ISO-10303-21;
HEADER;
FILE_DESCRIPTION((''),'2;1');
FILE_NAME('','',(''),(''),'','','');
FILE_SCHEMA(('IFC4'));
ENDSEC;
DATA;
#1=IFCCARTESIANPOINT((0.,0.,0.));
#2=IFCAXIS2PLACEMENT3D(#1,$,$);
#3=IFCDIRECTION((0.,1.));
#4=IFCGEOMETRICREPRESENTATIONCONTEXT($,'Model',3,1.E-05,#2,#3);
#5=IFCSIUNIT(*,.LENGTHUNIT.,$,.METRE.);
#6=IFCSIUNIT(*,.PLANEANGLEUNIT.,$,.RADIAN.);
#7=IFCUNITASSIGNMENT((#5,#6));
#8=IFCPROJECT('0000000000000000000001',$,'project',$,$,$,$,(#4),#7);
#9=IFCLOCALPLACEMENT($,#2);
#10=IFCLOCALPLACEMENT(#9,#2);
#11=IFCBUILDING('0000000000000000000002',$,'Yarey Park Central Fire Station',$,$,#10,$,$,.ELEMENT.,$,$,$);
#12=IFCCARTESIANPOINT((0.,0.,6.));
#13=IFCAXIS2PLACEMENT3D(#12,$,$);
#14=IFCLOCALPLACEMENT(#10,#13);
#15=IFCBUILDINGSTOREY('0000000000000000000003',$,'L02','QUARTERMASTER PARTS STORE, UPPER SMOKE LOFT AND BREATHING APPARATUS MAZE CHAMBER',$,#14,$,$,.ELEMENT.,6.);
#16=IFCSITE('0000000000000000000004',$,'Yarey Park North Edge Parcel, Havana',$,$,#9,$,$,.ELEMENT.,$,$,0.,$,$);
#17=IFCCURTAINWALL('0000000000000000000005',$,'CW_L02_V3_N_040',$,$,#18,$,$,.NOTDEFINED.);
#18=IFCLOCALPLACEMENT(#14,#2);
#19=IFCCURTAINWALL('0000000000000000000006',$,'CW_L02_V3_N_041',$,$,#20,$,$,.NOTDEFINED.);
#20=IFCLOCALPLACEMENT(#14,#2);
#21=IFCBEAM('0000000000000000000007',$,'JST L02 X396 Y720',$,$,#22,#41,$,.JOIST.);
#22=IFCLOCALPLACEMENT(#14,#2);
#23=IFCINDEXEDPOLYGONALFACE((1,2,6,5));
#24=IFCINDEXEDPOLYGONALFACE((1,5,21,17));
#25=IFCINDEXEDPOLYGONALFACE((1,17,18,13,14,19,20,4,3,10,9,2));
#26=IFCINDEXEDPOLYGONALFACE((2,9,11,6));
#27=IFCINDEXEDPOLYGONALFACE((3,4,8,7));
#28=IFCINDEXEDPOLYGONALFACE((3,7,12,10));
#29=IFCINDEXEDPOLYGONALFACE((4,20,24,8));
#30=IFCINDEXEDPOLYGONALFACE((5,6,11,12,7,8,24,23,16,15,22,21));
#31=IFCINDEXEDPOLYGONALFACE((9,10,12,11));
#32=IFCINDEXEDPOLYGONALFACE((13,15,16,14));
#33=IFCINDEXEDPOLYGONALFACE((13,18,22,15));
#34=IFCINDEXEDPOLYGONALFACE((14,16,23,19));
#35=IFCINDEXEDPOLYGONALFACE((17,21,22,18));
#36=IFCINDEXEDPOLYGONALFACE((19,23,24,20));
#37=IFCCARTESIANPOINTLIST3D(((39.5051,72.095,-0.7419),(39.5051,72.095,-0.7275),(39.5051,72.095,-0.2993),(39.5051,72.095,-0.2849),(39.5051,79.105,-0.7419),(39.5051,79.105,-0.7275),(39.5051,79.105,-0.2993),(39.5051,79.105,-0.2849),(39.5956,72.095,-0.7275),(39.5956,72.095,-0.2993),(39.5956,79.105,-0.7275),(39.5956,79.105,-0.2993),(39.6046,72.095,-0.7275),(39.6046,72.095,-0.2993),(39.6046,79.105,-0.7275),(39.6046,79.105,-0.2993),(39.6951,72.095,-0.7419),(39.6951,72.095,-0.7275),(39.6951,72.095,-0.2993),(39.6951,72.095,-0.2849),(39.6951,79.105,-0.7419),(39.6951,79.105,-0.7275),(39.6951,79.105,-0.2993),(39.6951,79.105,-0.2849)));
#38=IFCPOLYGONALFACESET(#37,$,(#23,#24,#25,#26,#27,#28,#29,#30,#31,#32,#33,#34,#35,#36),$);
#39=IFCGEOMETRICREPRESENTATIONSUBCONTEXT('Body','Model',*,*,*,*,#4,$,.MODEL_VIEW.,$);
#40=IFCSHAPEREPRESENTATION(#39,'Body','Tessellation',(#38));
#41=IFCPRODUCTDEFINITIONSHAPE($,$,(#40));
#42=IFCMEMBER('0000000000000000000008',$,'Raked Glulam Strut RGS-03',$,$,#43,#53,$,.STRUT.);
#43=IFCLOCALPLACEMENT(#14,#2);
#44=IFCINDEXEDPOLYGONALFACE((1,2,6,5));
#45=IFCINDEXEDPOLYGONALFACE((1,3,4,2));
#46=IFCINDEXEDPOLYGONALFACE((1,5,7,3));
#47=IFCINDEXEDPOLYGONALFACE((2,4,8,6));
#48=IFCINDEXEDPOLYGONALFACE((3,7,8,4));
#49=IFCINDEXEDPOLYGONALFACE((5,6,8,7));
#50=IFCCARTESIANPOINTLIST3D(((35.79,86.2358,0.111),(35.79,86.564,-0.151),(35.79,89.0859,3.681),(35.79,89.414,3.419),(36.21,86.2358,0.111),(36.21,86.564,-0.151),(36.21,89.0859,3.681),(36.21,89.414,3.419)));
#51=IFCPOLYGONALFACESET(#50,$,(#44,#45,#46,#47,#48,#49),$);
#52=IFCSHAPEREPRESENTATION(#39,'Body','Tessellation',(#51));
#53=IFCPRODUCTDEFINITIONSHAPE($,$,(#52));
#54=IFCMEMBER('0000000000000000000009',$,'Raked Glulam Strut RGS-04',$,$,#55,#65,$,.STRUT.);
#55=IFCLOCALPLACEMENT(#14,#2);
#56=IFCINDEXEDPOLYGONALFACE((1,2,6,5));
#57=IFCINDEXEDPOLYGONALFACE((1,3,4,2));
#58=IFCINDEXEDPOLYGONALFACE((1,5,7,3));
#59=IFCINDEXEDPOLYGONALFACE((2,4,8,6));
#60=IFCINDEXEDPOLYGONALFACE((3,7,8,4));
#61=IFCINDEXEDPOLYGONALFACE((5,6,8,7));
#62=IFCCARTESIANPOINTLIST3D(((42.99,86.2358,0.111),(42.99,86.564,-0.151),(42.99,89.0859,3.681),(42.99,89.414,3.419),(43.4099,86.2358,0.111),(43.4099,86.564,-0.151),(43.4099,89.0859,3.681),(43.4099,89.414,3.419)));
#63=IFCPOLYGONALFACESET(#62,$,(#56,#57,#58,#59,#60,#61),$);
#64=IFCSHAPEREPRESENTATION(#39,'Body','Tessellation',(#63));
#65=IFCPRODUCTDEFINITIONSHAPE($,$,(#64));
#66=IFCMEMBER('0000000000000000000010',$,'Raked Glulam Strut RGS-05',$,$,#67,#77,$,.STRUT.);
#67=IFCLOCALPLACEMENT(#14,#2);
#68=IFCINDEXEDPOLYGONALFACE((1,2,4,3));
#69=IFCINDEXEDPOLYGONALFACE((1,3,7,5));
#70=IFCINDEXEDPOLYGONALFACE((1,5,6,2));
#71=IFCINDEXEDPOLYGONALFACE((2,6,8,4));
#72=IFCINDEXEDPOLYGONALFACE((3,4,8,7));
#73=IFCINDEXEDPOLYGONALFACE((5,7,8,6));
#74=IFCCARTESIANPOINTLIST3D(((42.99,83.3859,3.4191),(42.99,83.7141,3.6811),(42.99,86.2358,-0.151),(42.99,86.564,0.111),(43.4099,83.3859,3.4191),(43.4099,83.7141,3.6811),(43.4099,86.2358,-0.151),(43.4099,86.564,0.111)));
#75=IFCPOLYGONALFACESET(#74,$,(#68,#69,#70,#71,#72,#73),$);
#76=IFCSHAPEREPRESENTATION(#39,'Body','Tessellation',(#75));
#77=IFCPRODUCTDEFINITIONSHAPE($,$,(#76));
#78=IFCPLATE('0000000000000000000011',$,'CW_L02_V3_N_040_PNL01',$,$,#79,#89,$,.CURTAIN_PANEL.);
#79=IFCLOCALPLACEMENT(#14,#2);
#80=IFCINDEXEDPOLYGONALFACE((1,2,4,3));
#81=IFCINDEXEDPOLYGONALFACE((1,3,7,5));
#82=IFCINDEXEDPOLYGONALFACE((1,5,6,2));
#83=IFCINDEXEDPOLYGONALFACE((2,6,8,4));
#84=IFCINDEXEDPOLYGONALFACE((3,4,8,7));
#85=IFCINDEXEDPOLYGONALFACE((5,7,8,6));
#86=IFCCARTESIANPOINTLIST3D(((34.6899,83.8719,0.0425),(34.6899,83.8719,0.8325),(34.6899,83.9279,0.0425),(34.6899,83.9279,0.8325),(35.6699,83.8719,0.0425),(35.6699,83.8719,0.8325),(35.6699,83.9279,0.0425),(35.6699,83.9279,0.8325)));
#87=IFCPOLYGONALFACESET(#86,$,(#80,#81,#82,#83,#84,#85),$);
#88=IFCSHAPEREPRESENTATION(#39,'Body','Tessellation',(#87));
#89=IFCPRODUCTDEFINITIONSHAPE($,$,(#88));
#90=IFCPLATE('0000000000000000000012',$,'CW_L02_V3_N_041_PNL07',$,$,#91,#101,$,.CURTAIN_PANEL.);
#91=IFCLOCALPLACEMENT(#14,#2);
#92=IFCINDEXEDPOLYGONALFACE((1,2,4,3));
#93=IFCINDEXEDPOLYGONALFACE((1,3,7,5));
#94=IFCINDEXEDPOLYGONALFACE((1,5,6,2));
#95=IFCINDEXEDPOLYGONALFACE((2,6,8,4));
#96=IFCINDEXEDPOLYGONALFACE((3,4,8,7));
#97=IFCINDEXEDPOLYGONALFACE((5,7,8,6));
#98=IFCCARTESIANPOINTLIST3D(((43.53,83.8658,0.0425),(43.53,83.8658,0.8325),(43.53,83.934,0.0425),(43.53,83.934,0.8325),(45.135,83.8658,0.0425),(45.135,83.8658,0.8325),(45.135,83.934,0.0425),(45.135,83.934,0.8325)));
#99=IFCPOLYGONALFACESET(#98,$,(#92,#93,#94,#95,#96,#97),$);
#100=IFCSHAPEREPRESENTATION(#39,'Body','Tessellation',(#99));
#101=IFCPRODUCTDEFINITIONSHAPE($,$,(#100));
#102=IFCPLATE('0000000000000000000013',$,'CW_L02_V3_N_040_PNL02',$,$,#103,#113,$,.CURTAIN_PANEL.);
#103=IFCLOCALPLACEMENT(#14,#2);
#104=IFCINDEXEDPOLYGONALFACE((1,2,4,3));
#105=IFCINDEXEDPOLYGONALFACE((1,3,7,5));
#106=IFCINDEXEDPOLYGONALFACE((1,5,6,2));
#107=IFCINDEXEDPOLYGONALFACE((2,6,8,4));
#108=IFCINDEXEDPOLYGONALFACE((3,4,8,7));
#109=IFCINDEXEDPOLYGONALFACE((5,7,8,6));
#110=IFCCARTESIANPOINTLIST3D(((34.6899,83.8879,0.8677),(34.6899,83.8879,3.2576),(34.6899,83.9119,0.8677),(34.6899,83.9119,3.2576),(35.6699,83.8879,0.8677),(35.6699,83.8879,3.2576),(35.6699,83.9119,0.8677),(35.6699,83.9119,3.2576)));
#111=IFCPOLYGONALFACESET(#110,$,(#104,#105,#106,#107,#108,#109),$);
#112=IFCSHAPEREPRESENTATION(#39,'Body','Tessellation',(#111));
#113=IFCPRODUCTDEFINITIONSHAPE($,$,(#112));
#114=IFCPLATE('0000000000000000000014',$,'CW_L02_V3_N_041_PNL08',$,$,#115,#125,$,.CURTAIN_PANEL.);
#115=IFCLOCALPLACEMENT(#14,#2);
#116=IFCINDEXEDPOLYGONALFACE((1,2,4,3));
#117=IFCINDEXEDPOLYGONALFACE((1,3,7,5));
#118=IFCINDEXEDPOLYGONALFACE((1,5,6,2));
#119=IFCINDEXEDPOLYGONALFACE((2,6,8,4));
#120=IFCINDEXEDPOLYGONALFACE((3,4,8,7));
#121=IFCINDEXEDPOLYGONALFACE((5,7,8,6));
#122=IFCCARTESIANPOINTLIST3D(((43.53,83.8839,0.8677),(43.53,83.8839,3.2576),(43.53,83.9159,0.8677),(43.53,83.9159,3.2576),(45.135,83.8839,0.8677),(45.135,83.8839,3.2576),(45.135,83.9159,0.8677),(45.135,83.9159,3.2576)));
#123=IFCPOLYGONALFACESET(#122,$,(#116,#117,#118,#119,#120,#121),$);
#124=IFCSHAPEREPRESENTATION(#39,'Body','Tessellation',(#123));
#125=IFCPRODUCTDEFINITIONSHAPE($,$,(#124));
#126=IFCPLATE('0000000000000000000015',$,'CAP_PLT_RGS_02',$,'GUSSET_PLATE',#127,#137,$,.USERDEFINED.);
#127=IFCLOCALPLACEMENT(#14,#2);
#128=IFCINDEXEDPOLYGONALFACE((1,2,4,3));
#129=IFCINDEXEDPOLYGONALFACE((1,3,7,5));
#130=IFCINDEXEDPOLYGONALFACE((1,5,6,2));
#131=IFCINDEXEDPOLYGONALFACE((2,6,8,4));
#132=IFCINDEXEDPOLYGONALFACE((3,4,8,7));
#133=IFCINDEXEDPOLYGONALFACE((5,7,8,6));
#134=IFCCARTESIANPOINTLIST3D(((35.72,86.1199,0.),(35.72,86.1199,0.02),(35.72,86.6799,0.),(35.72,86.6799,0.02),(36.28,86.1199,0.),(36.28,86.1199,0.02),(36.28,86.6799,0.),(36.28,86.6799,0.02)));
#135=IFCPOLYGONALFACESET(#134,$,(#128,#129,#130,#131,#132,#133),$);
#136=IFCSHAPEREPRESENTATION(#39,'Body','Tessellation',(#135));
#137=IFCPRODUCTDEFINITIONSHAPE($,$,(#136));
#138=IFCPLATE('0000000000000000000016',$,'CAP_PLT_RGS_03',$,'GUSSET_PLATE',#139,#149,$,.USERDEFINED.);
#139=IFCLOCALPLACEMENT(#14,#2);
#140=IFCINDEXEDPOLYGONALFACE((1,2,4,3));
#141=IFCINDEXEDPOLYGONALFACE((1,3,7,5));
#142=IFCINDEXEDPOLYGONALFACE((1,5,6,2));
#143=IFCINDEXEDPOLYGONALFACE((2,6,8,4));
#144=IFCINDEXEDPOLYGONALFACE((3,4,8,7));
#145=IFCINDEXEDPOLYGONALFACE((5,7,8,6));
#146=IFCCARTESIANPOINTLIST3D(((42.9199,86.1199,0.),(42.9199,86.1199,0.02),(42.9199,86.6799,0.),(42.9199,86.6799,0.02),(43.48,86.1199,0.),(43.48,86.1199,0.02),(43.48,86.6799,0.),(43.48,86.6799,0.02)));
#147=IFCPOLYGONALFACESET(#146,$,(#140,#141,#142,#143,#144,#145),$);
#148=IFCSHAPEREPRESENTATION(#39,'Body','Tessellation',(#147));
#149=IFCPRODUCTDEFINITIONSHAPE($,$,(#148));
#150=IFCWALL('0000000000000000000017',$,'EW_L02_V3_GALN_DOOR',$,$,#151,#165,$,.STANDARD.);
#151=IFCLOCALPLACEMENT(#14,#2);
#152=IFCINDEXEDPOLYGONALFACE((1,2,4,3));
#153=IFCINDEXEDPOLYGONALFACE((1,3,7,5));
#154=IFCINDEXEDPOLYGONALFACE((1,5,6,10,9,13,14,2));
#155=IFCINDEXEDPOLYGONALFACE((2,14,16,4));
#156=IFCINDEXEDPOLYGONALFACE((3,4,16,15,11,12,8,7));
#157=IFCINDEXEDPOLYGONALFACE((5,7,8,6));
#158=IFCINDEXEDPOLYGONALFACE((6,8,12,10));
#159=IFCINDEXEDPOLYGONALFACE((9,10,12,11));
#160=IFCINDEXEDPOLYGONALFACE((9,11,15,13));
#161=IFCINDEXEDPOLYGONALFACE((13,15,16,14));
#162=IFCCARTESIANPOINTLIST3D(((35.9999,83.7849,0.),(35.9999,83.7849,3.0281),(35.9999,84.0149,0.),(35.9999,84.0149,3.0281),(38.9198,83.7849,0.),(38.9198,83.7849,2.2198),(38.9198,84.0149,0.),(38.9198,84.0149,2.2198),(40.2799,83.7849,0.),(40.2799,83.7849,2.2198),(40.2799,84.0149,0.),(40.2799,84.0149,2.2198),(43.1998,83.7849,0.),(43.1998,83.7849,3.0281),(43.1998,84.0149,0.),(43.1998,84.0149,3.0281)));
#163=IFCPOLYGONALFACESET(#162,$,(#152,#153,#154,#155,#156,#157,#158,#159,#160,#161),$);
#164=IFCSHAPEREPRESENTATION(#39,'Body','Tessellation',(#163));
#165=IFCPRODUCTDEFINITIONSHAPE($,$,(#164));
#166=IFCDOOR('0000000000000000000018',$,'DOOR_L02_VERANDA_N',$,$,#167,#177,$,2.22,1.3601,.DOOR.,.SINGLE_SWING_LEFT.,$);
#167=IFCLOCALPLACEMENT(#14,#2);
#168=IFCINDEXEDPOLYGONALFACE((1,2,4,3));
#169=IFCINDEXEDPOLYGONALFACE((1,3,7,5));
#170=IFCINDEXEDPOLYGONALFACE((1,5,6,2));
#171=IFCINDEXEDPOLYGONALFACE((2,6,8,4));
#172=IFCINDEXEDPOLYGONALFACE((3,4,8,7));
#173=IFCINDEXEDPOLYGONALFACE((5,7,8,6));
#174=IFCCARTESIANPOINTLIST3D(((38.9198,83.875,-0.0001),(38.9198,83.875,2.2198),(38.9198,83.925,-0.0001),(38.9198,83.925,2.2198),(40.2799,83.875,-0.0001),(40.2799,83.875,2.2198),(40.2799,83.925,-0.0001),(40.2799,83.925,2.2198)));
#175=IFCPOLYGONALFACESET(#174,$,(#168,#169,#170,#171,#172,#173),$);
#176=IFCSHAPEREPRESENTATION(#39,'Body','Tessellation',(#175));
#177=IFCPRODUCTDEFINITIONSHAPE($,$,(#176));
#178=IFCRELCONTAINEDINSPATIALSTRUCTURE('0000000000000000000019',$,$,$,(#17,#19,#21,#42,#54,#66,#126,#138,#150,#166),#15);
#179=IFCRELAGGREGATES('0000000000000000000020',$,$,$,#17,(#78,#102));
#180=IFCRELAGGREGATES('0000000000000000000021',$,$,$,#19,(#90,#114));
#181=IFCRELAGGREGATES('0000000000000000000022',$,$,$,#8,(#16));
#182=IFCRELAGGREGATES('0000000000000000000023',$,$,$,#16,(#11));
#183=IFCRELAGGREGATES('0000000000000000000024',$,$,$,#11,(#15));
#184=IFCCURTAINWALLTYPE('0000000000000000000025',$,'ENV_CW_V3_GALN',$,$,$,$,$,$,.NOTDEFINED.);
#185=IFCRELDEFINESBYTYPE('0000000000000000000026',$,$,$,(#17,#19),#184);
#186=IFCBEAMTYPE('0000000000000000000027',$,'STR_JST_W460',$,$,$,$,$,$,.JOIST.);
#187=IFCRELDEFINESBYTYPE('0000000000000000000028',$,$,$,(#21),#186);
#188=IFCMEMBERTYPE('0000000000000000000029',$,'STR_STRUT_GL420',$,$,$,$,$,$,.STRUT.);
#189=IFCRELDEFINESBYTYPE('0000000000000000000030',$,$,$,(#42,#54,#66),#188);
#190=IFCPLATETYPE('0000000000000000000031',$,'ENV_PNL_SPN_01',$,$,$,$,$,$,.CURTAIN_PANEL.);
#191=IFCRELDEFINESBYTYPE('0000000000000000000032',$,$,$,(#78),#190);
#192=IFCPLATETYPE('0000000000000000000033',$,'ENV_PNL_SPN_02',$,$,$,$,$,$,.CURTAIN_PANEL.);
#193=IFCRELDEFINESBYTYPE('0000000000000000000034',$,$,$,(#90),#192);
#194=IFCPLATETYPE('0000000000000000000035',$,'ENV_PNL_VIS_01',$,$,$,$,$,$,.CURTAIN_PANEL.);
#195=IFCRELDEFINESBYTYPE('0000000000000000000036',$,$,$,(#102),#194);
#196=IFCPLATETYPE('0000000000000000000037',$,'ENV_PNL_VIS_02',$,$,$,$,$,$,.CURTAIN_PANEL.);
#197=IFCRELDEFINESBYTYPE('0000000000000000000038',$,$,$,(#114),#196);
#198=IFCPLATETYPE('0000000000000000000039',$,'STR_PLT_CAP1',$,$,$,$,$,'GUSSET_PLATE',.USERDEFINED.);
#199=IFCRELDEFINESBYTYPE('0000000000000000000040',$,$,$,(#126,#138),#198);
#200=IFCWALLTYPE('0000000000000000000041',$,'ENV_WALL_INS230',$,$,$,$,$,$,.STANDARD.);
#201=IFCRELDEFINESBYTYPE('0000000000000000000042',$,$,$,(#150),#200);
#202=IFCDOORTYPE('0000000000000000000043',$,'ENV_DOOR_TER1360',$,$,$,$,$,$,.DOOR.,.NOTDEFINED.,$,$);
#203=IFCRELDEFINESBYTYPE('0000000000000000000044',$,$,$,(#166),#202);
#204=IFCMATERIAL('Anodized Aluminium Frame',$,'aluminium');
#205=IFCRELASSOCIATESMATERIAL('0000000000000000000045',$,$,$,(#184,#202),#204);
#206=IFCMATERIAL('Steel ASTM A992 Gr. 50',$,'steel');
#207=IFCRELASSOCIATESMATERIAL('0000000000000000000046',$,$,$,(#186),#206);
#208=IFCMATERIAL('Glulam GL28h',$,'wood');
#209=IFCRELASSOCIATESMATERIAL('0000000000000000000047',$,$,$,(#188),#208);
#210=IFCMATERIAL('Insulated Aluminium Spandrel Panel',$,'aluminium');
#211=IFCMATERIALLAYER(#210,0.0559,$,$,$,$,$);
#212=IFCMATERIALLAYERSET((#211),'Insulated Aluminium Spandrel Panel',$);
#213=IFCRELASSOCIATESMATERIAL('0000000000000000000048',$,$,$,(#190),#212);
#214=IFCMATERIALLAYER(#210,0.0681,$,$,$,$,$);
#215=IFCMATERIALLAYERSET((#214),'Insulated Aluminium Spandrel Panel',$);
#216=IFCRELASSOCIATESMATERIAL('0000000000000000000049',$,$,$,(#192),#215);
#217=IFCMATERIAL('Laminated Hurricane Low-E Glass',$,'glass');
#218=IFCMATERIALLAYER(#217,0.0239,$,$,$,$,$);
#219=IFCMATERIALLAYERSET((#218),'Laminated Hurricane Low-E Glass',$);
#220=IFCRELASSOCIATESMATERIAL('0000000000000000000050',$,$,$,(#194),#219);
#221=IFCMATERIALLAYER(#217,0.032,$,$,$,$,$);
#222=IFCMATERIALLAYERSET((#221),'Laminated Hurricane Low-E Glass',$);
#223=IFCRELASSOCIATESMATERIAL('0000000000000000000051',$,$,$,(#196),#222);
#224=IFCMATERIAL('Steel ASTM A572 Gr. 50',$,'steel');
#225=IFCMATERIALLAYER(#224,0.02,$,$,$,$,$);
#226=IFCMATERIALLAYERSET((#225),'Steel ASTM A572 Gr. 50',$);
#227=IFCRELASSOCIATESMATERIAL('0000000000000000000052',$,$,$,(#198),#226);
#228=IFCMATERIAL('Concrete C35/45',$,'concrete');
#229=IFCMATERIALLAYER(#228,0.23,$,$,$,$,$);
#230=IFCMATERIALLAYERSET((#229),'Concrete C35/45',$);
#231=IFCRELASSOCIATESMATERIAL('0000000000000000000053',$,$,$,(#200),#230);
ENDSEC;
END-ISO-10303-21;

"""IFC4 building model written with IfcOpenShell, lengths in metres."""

from ifc_helpers import new_model, si_unit, direction, frame, frame_2d, origin, origin_2d, place, context, subcontext, project, spatial, rectangle, i_section, extrude, material, layer, layer_set, material_profile, profile_set, type_object, element, fill, aggregate, save


model = new_model("IFC4")

# Units and contexts
model_context = context("Model", 3, precision=1e-05, world=origin(), true_north=direction((0.0, 1.0)))
body_context = subcontext(model_context, "Body", "Model", "MODEL_VIEW")
ifc_project = project(units=[si_unit("LENGTHUNIT", "METRE"), si_unit("PLANEANGLEUNIT", "RADIAN")], contexts=[model_context])

# Site, building, storey
site_placement = place(None, origin())
site = spatial("IfcSite", under=ifc_project, at=site_placement, Name="Yarey Park North Edge Parcel, Havana", CompositionType="ELEMENT", RefElevation=0.0)
building_placement = place(site_placement, origin())
building = spatial("IfcBuilding", under=site, at=building_placement, Name="Yarey Park Central Fire Station", CompositionType="ELEMENT")
storey_placement = place(building_placement, frame((0.0, 0.0, 6.0)))
storey = spatial("IfcBuildingStorey", under=building, at=storey_placement, Name="L02", Description="QUARTERMASTER PARTS STORE, UPPER SMOKE LOFT AND BREATHING APPARATUS MAZE CHAMBER", CompositionType="ELEMENT", Elevation=6.0)

# Shared definitions
ifc_material_1 = material(Name="Steel ASTM A992 Gr. 50", Category="steel")

# Curtain wall
ifc_material_2 = material(Name="Anodized Aluminium Frame", Category="aluminium")
curtain_wall_type = type_object("IfcCurtainWallType", Name="ENV_CW_V3_GALN", PredefinedType="NOTDEFINED", material=ifc_material_2)
curtain_wall_1_placement = place(storey_placement, origin())
curtain_wall_1 = element("IfcCurtainWall", 1, at=curtain_wall_1_placement, inside=storey, type_object=curtain_wall_type, Name="CW_L02_V3_N_040", PredefinedType="NOTDEFINED")

# Curtain wall
curtain_wall_2_placement = place(storey_placement, origin())
curtain_wall_2 = element("IfcCurtainWall", 2, at=curtain_wall_2_placement, inside=storey, type_object=curtain_wall_type, Name="CW_L02_V3_N_041", PredefinedType="NOTDEFINED")

# Beam
ifc_material_profile_1 = material_profile(ifc_material_1, i_section(OverallWidth=0.1899, OverallDepth=0.457, WebThickness=0.009, FlangeThickness=0.0144, at=origin_2d()), Name="W460x74")
ifc_profile_set_1 = profile_set([ifc_material_profile_1], Name="Steel ASTM A992 Gr. 50")
beam_type_1 = type_object("IfcBeamType", Name="STR_JST_W460", PredefinedType="JOIST", material=ifc_profile_set_1)
beam_placement = place(storey_placement, frame((39.6001, 72.095, -0.5134), z_axis=(0.0, 1.0, 0.0), x_axis=(-1.0, 0.0, 0.0)))
element("IfcBeam", 3, at=beam_placement, inside=storey, type_object=beam_type_1, Name="JST L02 X396 Y720", PredefinedType="JOIST", context=body_context, shape_type="SweptSolid", body=[
    extrude(i_section(OverallWidth=0.1899, OverallDepth=0.457, WebThickness=0.009, FlangeThickness=0.0144, at=origin_2d()), origin(), (0.0, 0.0, 1.0), 7.01),
])

# Members
ifc_material_3 = material(Name="Glulam GL28h", Category="wood")
ifc_material_profile_2 = material_profile(ifc_material_3, rectangle(XDim=0.4199, YDim=0.4199, at=origin_2d()), Name="GL 420x420")
ifc_profile_set_2 = profile_set([ifc_material_profile_2], Name="Glulam GL28h")
member_type_1 = type_object("IfcMemberType", Name="STR_STRUT_GL420", PredefinedType="STRUT", material=ifc_profile_set_2)
for number, where, z_axis, x_axis, name in (
    (4, (36.0, 86.3999, -0.02), (0.0, 0.6239, 0.781505), (-1.0, 0.0, 0.0), "Raked Glulam Strut RGS-03"),
    (5, (43.2, 86.3999, -0.02), (0.0, 0.6239, 0.781505), (-1.0, 0.0, 0.0), "Raked Glulam Strut RGS-04"),
    (6, (43.2, 86.3999, -0.02), (0.0, -0.623867, 0.781531), (1.0, 0.0, 0.0), "Raked Glulam Strut RGS-05"),
):
    element("IfcMember", number, at=place(storey_placement, frame(where, z_axis=z_axis, x_axis=x_axis)), inside=storey, type_object=member_type_1, Name=name, PredefinedType="STRUT", context=body_context, shape_type="SweptSolid", body=[
        extrude(rectangle(XDim=0.4199, YDim=0.4199, at=origin_2d()), origin(), (0.0, 0.0, 1.0), 4.5681),
    ])

# Plates
ifc_material_4 = material(Name="Insulated Aluminium Spandrel Panel", Category="aluminium")
ifc_layer_1 = layer(ifc_material_4, 0.0559)
ifc_layer_set_1 = layer_set([ifc_layer_1], Name="Insulated Aluminium Spandrel Panel")
plate_type_1 = type_object("IfcPlateType", Name="ENV_PNL_SPN_01", PredefinedType="CURTAIN_PANEL", material=ifc_layer_set_1)
plate_1_placement = place(storey_placement, frame((35.1799, 83.8999, 0.0425), z_axis=(0.0, 0.0, 1.0), x_axis=(-1.0, 0.0, 0.0)))
plate_1 = element("IfcPlate", 7, at=plate_1_placement, type_object=plate_type_1, Name="CW_L02_V3_N_040_PNL01", PredefinedType="CURTAIN_PANEL", context=body_context, shape_type="SweptSolid", body=[
    extrude(rectangle(XDim=0.98, YDim=0.0559, at=origin_2d()), origin(), (0.0, 0.0, 1.0), 0.79),
])
ifc_layer_2 = layer(ifc_material_4, 0.0681)
ifc_layer_set_2 = layer_set([ifc_layer_2], Name="Insulated Aluminium Spandrel Panel")
plate_type_2 = type_object("IfcPlateType", Name="ENV_PNL_SPN_02", PredefinedType="CURTAIN_PANEL", material=ifc_layer_set_2)
plate_2_placement = place(storey_placement, frame((44.3325, 83.8999, 0.0425), z_axis=(0.0, 0.0, 1.0), x_axis=(-1.0, 0.0, 0.0)))
plate_2 = element("IfcPlate", 8, at=plate_2_placement, type_object=plate_type_2, Name="CW_L02_V3_N_041_PNL07", PredefinedType="CURTAIN_PANEL", context=body_context, shape_type="SweptSolid", body=[
    extrude(rectangle(XDim=1.605, YDim=0.0681, at=origin_2d()), origin(), (0.0, 0.0, 1.0), 0.79),
])
ifc_material_5 = material(Name="Laminated Hurricane Low-E Glass", Category="glass")
ifc_layer_3 = layer(ifc_material_5, 0.0239)
ifc_layer_set_3 = layer_set([ifc_layer_3], Name="Laminated Hurricane Low-E Glass")
plate_type_3 = type_object("IfcPlateType", Name="ENV_PNL_VIS_01", PredefinedType="CURTAIN_PANEL", material=ifc_layer_set_3)
plate_3_placement = place(storey_placement, frame((35.1799, 83.8999, 0.8677), z_axis=(0.0, 0.0, 1.0), x_axis=(-1.0, 0.0, 0.0)))
plate_3 = element("IfcPlate", 9, at=plate_3_placement, type_object=plate_type_3, Name="CW_L02_V3_N_040_PNL02", PredefinedType="CURTAIN_PANEL", context=body_context, shape_type="SweptSolid", body=[
    extrude(rectangle(XDim=0.98, YDim=0.0239, at=origin_2d()), origin(), (0.0, 0.0, 1.0), 2.3899),
])
aggregate(curtain_wall_1, [plate_1, plate_3])
ifc_layer_4 = layer(ifc_material_5, 0.032)
ifc_layer_set_4 = layer_set([ifc_layer_4], Name="Laminated Hurricane Low-E Glass")
plate_type_4 = type_object("IfcPlateType", Name="ENV_PNL_VIS_02", PredefinedType="CURTAIN_PANEL", material=ifc_layer_set_4)
plate_4_placement = place(storey_placement, frame((44.3325, 83.8999, 0.8677), z_axis=(0.0, 0.0, 1.0), x_axis=(-1.0, 0.0, 0.0)))
plate_4 = element("IfcPlate", 10, at=plate_4_placement, type_object=plate_type_4, Name="CW_L02_V3_N_041_PNL08", PredefinedType="CURTAIN_PANEL", context=body_context, shape_type="SweptSolid", body=[
    extrude(rectangle(XDim=1.605, YDim=0.032, at=origin_2d()), origin(), (0.0, 0.0, 1.0), 2.3899),
])
aggregate(curtain_wall_2, [plate_2, plate_4])

# Plates
ifc_material_6 = material(Name="Steel ASTM A572 Gr. 50", Category="steel")
ifc_layer_5 = layer(ifc_material_6, 0.02)
ifc_layer_set_5 = layer_set([ifc_layer_5], Name="Steel ASTM A572 Gr. 50")
plate_type_5 = type_object("IfcPlateType", Name="STR_PLT_CAP1", ElementType="GUSSET_PLATE", PredefinedType="USERDEFINED", material=ifc_layer_set_5)
for number, where, z_axis, x_axis, name in (
    (11, (36.0, 86.3999, 0.0), (0.0, 0.0, 1.0), (1.0, 0.0, 0.0), "CAP_PLT_RGS_02"),
    (12, (43.2, 86.3999, 0.0), (0.0, 0.0, 1.0), (1.0, 0.0, 0.0), "CAP_PLT_RGS_03"),
):
    element("IfcPlate", number, at=place(storey_placement, frame(where, z_axis=z_axis, x_axis=x_axis)), inside=storey, type_object=plate_type_5, Name=name, ObjectType="GUSSET_PLATE", PredefinedType="USERDEFINED", context=body_context, shape_type="SweptSolid", body=[
        extrude(rectangle(XDim=0.5601, YDim=0.5601, at=origin_2d()), origin(), (0.0, 0.0, 1.0), 0.02),
    ])

# Wall, opening, door
ifc_material_7 = material(Name="Concrete C35/45", Category="concrete")
ifc_layer_6 = layer(ifc_material_7, 0.23)
ifc_layer_set_6 = layer_set([ifc_layer_6], Name="Concrete C35/45")
wall_type = type_object("IfcWallType", Name="ENV_WALL_INS230", PredefinedType="STANDARD", material=ifc_layer_set_6)
wall_placement = place(storey_placement, frame((43.2, 83.8999, 0.0), z_axis=(0.0, 0.0, 1.0), x_axis=(-1.0, 0.0, 0.0)))
wall = element("IfcWall", 13, at=wall_placement, inside=storey, type_object=wall_type, Name="EW_L02_V3_GALN_DOOR", PredefinedType="STANDARD", context=body_context, shape_type="SweptSolid", body=[
    extrude(rectangle(XDim=7.2, YDim=0.23, at=frame_2d((3.6001, 0.0))), origin(), (0.0, 0.0, 1.0), 3.0281),
])
opening_placement = place(wall_placement, frame((2.9199, 0.0, 0.0)))
opening = element("IfcOpeningElement", 14, at=opening_placement, cuts=wall, PredefinedType="OPENING", context=body_context, shape_type="SweptSolid", body=[
    extrude(rectangle(XDim=1.3601, YDim=2.22, at=frame_2d((0.6802, 1.1099))), frame((0.0, 0.125, 0.0), z_axis=(0.0, -1.0, 0.0), x_axis=(1.0, 0.0, 0.0)), (0.0, 0.0, 1.0), 0.25),
])
door_type = type_object("IfcDoorType", Name="ENV_DOOR_TER1360", OperationType="NOTDEFINED", PredefinedType="DOOR", material=ifc_material_2)
door_placement = place(opening_placement, origin())
door = element("IfcDoor", 15, at=door_placement, inside=storey, type_object=door_type, Name="DOOR_L02_VERANDA_N", OperationType="SINGLE_SWING_LEFT", OverallHeight=2.22, OverallWidth=1.3601, PredefinedType="DOOR", context=body_context, shape_type="SweptSolid", body=[
    extrude(rectangle(XDim=1.3601, YDim=2.22, at=frame_2d((0.6802, 1.1099))), frame((0.0, 0.0249, 0.0), z_axis=(0.0, -1.0, 0.0), x_axis=(1.0, 0.0, 0.0)), (0.0, 0.0, 1.0), 0.05),
])
fill(opening, door)

save(model, "model.ifc")
